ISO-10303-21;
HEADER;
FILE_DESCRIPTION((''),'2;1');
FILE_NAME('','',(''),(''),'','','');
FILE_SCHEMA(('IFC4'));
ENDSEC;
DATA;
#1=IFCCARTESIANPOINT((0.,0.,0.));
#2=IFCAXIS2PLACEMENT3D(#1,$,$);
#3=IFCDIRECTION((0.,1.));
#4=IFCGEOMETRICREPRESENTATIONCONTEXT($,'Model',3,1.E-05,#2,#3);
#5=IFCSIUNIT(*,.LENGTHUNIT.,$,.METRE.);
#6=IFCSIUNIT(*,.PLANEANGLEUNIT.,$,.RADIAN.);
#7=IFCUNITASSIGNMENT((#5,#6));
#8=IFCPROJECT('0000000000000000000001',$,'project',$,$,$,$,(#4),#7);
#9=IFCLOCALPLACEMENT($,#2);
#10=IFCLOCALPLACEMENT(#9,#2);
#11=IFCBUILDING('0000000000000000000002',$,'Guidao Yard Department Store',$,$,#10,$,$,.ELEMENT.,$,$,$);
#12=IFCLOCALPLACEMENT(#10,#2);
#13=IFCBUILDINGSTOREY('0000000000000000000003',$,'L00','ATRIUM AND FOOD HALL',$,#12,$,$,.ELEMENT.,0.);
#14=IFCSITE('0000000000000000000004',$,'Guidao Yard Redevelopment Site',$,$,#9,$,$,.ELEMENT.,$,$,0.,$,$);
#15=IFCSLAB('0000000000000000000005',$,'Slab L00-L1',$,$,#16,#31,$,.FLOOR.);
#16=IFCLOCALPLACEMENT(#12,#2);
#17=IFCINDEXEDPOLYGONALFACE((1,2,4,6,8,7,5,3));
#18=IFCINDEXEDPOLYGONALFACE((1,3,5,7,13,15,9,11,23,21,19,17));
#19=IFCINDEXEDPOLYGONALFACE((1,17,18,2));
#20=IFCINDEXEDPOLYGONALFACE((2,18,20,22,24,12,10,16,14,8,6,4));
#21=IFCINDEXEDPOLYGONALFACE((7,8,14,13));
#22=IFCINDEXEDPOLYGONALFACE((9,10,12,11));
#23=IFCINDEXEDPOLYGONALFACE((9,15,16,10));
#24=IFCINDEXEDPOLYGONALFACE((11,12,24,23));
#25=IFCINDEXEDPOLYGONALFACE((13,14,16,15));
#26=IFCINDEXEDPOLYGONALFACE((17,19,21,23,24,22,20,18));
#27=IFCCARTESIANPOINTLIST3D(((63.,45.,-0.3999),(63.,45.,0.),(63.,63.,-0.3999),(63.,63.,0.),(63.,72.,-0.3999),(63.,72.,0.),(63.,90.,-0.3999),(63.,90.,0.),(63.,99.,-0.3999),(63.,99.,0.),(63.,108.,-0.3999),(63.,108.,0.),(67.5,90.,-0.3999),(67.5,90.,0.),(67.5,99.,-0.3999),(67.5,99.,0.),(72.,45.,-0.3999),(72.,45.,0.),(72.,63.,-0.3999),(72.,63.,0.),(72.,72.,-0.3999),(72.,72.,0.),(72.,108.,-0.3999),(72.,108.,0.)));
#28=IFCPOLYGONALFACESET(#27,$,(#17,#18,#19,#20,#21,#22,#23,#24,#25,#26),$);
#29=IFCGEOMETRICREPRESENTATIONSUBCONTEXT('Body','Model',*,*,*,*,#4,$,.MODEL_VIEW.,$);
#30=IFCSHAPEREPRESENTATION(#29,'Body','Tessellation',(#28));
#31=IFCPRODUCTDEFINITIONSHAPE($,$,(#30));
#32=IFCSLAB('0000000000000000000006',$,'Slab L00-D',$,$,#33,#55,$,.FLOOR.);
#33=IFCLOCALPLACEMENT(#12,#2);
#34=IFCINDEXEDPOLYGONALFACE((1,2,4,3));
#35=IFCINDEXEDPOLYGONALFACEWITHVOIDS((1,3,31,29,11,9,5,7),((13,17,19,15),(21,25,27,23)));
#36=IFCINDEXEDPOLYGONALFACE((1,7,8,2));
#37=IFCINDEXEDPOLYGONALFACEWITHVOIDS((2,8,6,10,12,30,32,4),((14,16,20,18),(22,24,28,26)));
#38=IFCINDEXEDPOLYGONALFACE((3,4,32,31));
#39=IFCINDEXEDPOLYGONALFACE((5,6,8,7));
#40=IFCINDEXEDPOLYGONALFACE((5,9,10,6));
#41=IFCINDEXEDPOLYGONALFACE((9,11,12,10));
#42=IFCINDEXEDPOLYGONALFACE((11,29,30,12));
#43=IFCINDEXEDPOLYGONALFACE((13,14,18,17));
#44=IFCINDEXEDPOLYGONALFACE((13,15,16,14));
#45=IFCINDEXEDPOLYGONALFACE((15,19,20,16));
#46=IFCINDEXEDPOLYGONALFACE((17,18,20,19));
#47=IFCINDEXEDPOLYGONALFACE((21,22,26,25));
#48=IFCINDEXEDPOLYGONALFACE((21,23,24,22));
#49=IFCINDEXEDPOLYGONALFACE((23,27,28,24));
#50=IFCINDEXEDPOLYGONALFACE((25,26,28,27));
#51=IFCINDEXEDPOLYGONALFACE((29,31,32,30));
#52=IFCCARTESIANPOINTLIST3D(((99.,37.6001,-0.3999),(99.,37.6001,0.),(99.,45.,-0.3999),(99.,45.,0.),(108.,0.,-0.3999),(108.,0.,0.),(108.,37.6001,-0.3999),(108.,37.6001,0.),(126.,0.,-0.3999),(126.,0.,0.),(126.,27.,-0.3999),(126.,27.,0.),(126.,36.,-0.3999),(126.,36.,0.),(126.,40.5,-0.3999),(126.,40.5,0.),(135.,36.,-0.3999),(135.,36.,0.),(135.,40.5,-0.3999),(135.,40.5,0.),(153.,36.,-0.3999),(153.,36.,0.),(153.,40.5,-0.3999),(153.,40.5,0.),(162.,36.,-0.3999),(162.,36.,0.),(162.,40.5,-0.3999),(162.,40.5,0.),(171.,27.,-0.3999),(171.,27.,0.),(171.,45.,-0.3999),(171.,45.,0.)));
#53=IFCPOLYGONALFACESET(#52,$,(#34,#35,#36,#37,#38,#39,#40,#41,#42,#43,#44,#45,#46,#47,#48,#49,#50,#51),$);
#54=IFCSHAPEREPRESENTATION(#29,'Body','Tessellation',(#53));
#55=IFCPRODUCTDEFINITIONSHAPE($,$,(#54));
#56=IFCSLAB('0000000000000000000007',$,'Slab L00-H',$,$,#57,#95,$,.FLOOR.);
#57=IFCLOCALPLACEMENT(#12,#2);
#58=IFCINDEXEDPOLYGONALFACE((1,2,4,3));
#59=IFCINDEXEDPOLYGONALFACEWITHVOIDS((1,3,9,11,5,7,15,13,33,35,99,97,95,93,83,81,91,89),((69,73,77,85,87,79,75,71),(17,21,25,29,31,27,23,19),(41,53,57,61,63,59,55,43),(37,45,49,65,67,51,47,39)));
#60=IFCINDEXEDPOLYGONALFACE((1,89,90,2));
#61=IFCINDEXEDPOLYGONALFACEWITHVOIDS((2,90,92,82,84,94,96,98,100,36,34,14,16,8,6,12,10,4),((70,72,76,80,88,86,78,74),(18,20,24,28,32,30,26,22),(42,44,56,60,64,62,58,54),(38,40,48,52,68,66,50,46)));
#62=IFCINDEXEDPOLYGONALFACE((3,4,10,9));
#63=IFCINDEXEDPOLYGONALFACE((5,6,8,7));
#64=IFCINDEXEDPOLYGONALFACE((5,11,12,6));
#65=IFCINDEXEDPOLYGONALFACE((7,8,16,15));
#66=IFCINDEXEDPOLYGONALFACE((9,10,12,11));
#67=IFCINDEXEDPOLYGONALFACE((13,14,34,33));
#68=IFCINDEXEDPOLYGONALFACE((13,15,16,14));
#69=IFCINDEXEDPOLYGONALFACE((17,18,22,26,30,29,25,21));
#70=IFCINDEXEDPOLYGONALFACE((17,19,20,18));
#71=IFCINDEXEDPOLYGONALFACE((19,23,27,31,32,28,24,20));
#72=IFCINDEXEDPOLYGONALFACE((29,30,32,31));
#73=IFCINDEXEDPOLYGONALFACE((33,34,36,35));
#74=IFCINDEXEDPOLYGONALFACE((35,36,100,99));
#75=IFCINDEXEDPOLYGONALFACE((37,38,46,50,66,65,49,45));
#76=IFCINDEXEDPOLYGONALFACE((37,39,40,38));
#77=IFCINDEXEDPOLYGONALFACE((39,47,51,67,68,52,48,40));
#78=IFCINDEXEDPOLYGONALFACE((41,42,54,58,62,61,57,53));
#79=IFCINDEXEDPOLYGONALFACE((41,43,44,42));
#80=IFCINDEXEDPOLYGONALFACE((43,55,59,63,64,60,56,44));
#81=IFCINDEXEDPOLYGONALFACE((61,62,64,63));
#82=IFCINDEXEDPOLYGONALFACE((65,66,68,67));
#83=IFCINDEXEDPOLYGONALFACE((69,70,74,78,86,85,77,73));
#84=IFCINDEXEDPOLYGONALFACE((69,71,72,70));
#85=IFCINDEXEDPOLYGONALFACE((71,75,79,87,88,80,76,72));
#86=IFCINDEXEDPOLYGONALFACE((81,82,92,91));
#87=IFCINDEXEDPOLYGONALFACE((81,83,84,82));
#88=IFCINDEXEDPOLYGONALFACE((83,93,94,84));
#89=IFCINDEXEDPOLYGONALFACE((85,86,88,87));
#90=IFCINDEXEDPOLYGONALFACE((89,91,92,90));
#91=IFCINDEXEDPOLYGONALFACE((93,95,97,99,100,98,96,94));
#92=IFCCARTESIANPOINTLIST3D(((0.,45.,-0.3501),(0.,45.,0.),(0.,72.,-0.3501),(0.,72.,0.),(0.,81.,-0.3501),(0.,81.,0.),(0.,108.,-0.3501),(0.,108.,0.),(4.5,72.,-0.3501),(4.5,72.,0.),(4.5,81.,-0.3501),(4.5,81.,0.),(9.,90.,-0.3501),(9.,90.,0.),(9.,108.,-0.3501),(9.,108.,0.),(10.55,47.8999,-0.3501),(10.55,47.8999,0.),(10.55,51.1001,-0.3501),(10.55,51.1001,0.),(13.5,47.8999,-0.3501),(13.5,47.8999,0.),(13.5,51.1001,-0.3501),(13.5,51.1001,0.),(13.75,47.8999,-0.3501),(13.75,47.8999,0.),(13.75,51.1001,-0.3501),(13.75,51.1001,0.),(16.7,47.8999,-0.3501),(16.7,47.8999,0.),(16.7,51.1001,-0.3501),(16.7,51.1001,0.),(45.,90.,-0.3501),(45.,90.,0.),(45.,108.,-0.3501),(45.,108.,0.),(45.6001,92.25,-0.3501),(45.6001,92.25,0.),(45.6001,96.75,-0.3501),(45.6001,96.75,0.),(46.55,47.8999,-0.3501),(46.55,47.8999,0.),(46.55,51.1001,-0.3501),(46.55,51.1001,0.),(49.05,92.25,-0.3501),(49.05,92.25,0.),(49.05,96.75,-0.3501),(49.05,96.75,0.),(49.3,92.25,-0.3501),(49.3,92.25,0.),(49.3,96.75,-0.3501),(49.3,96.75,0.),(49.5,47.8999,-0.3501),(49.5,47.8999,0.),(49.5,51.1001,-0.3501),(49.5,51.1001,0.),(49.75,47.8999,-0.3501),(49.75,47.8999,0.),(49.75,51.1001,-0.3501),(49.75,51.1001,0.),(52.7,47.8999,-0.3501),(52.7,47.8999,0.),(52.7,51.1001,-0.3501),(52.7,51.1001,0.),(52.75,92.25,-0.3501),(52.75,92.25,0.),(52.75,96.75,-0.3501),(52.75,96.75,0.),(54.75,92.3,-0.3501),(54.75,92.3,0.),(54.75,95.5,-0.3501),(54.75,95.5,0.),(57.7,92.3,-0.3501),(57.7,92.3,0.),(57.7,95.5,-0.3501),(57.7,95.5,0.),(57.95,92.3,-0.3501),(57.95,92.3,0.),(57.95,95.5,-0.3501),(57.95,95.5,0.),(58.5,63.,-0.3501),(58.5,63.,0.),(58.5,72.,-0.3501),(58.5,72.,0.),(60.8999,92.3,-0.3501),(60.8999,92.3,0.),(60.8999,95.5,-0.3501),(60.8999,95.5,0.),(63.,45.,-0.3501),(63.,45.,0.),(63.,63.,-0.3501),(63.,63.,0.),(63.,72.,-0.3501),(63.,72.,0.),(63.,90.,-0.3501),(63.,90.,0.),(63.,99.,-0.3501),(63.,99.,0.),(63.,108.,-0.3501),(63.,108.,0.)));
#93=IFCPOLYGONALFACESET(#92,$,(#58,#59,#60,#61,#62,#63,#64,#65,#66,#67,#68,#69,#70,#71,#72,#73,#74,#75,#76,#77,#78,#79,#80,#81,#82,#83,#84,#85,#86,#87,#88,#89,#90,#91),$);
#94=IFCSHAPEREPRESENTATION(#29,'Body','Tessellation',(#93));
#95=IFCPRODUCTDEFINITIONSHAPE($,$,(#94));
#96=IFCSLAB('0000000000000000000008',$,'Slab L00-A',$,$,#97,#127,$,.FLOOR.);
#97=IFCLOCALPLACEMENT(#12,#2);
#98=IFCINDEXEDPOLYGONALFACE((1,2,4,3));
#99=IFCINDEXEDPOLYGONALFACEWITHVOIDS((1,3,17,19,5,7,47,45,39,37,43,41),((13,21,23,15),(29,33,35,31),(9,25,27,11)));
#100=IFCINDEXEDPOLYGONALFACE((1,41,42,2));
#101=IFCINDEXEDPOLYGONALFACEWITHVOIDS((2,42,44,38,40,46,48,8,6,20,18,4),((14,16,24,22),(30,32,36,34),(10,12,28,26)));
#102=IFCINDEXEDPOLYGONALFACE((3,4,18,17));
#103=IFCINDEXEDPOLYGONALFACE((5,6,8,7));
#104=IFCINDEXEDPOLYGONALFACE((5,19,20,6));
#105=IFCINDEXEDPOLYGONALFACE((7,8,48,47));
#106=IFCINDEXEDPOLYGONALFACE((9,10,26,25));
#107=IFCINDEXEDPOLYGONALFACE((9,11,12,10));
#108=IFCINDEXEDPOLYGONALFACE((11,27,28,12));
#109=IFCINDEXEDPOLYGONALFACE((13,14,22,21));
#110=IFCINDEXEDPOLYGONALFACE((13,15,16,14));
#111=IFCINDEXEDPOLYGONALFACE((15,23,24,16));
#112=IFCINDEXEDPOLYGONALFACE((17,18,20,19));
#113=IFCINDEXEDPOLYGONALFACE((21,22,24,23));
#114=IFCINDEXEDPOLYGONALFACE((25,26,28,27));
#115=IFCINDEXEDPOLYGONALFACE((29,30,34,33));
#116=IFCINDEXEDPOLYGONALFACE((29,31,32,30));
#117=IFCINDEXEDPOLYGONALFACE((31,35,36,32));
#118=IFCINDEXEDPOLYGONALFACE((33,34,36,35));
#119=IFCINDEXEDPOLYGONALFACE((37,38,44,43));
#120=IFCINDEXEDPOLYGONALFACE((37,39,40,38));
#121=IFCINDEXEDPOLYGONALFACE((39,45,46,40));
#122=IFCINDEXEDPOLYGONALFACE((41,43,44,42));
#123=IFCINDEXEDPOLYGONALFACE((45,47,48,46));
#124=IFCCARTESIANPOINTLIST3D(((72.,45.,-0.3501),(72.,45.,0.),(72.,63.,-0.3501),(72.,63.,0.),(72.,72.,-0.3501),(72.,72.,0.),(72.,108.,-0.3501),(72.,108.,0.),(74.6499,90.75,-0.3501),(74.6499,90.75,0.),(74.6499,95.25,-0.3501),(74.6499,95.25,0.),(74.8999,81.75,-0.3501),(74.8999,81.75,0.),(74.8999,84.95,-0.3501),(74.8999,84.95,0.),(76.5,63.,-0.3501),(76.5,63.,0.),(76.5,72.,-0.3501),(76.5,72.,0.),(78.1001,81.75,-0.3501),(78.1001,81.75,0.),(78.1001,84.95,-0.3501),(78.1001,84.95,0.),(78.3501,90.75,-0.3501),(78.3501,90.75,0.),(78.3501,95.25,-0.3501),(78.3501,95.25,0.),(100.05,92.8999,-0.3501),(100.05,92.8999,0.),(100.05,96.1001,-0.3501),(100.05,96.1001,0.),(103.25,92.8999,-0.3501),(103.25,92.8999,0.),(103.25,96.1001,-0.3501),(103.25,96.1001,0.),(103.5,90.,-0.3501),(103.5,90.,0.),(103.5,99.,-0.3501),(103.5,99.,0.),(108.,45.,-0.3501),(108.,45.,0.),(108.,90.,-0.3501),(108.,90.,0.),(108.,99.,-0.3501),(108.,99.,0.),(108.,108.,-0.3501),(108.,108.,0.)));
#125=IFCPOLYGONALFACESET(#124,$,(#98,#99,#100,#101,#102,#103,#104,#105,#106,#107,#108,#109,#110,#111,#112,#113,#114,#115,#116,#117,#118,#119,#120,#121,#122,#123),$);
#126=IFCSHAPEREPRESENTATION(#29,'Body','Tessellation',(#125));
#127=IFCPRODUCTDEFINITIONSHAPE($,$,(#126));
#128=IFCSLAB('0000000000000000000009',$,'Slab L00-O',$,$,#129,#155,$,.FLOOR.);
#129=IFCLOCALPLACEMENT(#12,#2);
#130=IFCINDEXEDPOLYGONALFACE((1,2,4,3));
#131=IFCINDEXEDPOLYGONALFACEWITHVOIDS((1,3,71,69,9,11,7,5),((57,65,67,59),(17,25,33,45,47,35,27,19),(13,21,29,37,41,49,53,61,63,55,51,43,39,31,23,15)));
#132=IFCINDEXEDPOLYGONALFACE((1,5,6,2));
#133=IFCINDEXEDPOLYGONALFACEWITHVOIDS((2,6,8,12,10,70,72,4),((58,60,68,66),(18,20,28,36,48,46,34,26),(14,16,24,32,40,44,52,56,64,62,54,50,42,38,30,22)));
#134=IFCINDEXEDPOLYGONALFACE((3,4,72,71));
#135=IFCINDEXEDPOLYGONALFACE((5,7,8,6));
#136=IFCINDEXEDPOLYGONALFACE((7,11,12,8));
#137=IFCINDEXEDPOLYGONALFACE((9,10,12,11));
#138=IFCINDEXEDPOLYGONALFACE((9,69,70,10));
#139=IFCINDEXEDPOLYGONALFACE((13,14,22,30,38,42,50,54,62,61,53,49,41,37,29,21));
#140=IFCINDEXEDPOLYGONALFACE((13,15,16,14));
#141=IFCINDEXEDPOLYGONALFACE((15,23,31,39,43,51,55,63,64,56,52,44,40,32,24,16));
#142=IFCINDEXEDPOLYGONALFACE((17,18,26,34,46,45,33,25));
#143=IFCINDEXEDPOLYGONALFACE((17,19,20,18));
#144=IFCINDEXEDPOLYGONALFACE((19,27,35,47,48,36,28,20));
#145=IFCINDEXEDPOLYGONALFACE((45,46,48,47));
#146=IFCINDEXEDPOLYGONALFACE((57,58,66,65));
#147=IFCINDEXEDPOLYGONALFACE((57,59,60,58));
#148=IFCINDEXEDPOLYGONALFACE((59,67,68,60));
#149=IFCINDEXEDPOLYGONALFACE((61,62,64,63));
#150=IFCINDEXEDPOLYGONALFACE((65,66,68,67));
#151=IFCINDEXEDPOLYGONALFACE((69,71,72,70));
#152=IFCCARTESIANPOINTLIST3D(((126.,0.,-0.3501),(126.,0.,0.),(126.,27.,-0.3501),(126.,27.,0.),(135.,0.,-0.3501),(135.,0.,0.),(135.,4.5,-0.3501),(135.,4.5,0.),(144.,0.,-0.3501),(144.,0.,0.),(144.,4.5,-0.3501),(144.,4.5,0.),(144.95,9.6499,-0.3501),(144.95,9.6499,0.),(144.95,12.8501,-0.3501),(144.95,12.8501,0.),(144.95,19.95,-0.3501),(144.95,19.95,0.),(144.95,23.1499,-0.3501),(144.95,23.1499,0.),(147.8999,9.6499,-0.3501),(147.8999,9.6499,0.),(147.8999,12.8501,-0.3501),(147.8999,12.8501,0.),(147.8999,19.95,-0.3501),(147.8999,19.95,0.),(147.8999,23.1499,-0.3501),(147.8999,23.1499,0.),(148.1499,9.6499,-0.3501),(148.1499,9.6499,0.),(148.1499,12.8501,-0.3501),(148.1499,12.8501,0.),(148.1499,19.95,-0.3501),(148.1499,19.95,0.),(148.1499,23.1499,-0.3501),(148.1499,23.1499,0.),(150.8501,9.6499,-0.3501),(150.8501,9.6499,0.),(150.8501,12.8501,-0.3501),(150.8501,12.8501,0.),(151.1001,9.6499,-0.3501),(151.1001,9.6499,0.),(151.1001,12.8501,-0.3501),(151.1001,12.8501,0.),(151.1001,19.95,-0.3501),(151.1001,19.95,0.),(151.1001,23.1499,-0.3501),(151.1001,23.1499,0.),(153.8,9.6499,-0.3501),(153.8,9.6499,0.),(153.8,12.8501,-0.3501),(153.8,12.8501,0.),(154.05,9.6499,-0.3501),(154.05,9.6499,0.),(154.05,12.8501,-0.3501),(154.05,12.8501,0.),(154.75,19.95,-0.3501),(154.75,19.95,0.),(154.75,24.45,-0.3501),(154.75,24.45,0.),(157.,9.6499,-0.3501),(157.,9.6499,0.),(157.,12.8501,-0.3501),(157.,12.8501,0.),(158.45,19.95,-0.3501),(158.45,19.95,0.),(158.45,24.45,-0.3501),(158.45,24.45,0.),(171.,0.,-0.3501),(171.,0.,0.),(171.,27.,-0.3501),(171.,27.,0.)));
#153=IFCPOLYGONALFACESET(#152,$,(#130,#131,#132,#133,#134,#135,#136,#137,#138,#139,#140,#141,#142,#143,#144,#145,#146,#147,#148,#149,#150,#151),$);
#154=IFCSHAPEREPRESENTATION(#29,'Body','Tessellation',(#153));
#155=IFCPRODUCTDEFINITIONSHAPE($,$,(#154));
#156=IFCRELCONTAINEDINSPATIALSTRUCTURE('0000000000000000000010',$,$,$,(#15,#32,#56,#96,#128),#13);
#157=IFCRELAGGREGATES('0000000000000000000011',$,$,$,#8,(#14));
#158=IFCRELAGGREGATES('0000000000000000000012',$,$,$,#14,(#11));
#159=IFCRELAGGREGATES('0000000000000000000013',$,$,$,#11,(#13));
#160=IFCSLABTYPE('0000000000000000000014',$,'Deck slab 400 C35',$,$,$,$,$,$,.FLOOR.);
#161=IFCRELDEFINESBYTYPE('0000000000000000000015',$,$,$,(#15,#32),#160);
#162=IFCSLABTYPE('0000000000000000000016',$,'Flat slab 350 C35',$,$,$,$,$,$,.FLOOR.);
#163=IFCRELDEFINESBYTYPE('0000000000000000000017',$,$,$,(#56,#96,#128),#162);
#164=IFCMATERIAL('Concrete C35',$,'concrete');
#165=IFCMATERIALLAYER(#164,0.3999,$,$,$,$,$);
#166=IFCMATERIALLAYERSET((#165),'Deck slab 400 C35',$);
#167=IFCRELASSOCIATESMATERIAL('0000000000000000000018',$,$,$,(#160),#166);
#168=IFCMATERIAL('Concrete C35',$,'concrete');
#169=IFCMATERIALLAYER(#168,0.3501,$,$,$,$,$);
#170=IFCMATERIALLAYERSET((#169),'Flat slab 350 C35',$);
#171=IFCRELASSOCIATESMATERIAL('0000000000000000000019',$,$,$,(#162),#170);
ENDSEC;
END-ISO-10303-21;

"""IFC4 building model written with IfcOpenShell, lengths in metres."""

from ifc_helpers import new_model, si_unit, direction, frame, origin, place, context, subcontext, project, spatial, polyline, outline, extrude, material, layer, layer_set, type_object, element, save


model = new_model("IFC4")

# Units and contexts
model_context = context("Model", 3, precision=1e-05, world=origin(), true_north=direction((0.0, 1.0)))
body_context = subcontext(model_context, "Body", "Model", "MODEL_VIEW")
ifc_project = project(units=[si_unit("LENGTHUNIT", "METRE"), si_unit("PLANEANGLEUNIT", "RADIAN")], contexts=[model_context])

# Site, building, storey
site_placement = place(None, origin())
site = spatial("IfcSite", under=ifc_project, at=site_placement, Name="Guidao Yard Redevelopment Site", CompositionType="ELEMENT", RefElevation=0.0)
building_placement = place(site_placement, origin())
building = spatial("IfcBuilding", under=site, at=building_placement, Name="Guidao Yard Department Store", CompositionType="ELEMENT")
storey_placement = place(building_placement, origin())
storey = spatial("IfcBuildingStorey", under=building, at=storey_placement, Name="L00", Description="ATRIUM AND FOOD HALL", CompositionType="ELEMENT", Elevation=0.0)

# Slabs
ifc_material_1 = material(Name="Concrete C35", Category="concrete")
ifc_layer_1 = layer(ifc_material_1, 0.3999)
ifc_layer_set_1 = layer_set([ifc_layer_1], Name="Deck slab 400 C35")
slab_type_1 = type_object("IfcSlabType", Name="Deck slab 400 C35", PredefinedType="FLOOR", material=ifc_layer_set_1)
slab_1_placement = place(storey_placement, frame((0.0, 0.0, -0.3999)))
element("IfcSlab", 1, at=slab_1_placement, inside=storey, type_object=slab_type_1, Name="Slab L00-L1", PredefinedType="FLOOR", context=body_context, shape_type="SweptSolid", body=[
    extrude(outline(polyline([(72.0, 45.0), (63.0, 45.0), (63.0, 63.0), (63.0, 72.0), (63.0, 90.0), (67.5, 90.0), (67.5, 99.0), (63.0, 99.0), (63.0, 108.0), (72.0, 108.0), (72.0, 72.0), (72.0, 63.0), (72.0, 45.0)])), origin(), (0.0, 0.0, 1.0), 0.3999),
])
slab_2_placement = place(storey_placement, frame((0.0, 0.0, -0.3999)))
element("IfcSlab", 2, at=slab_2_placement, inside=storey, type_object=slab_type_1, Name="Slab L00-D", PredefinedType="FLOOR", context=body_context, shape_type="SweptSolid", body=[
    extrude(outline(polyline([(171.0, 45.0), (171.0, 27.0), (126.0, 27.0), (126.0, 0.0), (108.0, 0.0), (108.0, 37.6001), (99.0, 37.6001), (99.0, 45.0), (171.0, 45.0)]), holes=[polyline([(135.0, 36.0), (135.0, 40.5), (126.0, 40.5), (126.0, 36.0), (135.0, 36.0)]), polyline([(162.0, 36.0), (162.0, 40.5), (153.0, 40.5), (153.0, 36.0), (162.0, 36.0)])]), origin(), (0.0, 0.0, 1.0), 0.3999),
])
ifc_material_2 = material(Name="Concrete C35", Category="concrete")
ifc_layer_2 = layer(ifc_material_2, 0.3501)
ifc_layer_set_2 = layer_set([ifc_layer_2], Name="Flat slab 350 C35")
slab_type_2 = type_object("IfcSlabType", Name="Flat slab 350 C35", PredefinedType="FLOOR", material=ifc_layer_set_2)
slab_3_placement = place(storey_placement, frame((0.0, 0.0, -0.3501)))
element("IfcSlab", 3, at=slab_3_placement, inside=storey, type_object=slab_type_2, Name="Slab L00-H", PredefinedType="FLOOR", context=body_context, shape_type="SweptSolid", body=[
    extrude(outline(polyline([(0.0, 72.0), (4.5, 72.0), (4.5, 81.0), (0.0, 81.0), (0.0, 108.0), (9.0, 108.0), (9.0, 90.0), (45.0, 90.0), (45.0, 108.0), (63.0, 108.0), (63.0, 99.0), (63.0, 90.0), (63.0, 72.0), (58.5, 72.0), (58.5, 63.0), (63.0, 63.0), (63.0, 45.0), (0.0, 45.0), (0.0, 72.0)]), holes=[polyline([(16.7, 47.8999), (16.7, 51.1001), (13.75, 51.1001), (13.5, 51.1001), (10.55, 51.1001), (10.55, 47.8999), (13.5, 47.8999), (13.75, 47.8999), (16.7, 47.8999)]), polyline([(49.75, 51.1001), (49.5, 51.1001), (46.55, 51.1001), (46.55, 47.8999), (49.5, 47.8999), (49.75, 47.8999), (52.7, 47.8999), (52.7, 51.1001), (49.75, 51.1001)]), polyline([(57.95, 95.5), (57.7, 95.5), (54.75, 95.5), (54.75, 92.3), (57.7, 92.3), (57.95, 92.3), (60.8999, 92.3), (60.8999, 95.5), (57.95, 95.5)]), polyline([(49.3, 96.75), (49.05, 96.75), (45.6001, 96.75), (45.6001, 92.25), (49.05, 92.25), (49.3, 92.25), (52.75, 92.25), (52.75, 96.75), (49.3, 96.75)])]), origin(), (0.0, 0.0, 1.0), 0.3501),
])
slab_4_placement = place(storey_placement, frame((0.0, 0.0, -0.3501)))
element("IfcSlab", 4, at=slab_4_placement, inside=storey, type_object=slab_type_2, Name="Slab L00-A", PredefinedType="FLOOR", context=body_context, shape_type="SweptSolid", body=[
    extrude(outline(polyline([(72.0, 45.0), (72.0, 63.0), (76.5, 63.0), (76.5, 72.0), (72.0, 72.0), (72.0, 108.0), (108.0, 108.0), (108.0, 99.0), (103.5, 99.0), (103.5, 90.0), (108.0, 90.0), (108.0, 45.0), (72.0, 45.0)]), holes=[polyline([(78.1001, 84.95), (74.8999, 84.95), (74.8999, 81.75), (78.1001, 81.75), (78.1001, 84.95)]), polyline([(74.6499, 90.75), (78.3501, 90.75), (78.3501, 95.25), (74.6499, 95.25), (74.6499, 90.75)]), polyline([(103.25, 92.8999), (103.25, 96.1001), (100.05, 96.1001), (100.05, 92.8999), (103.25, 92.8999)])]), origin(), (0.0, 0.0, 1.0), 0.3501),
])
slab_5_placement = place(storey_placement, frame((0.0, 0.0, -0.3501)))
element("IfcSlab", 5, at=slab_5_placement, inside=storey, type_object=slab_type_2, Name="Slab L00-O", PredefinedType="FLOOR", context=body_context, shape_type="SweptSolid", body=[
    extrude(outline(polyline([(126.0, 27.0), (171.0, 27.0), (171.0, 0.0), (144.0, 0.0), (144.0, 4.5), (135.0, 4.5), (135.0, 0.0), (126.0, 0.0), (126.0, 27.0)]), holes=[polyline([(148.1499, 12.8501), (147.8999, 12.8501), (144.95, 12.8501), (144.95, 9.6499), (147.8999, 9.6499), (148.1499, 9.6499), (150.8501, 9.6499), (151.1001, 9.6499), (153.8, 9.6499), (154.05, 9.6499), (157.0, 9.6499), (157.0, 12.8501), (154.05, 12.8501), (153.8, 12.8501), (151.1001, 12.8501), (150.8501, 12.8501), (148.1499, 12.8501)]), polyline([(147.8999, 19.95), (148.1499, 19.95), (151.1001, 19.95), (151.1001, 23.1499), (148.1499, 23.1499), (147.8999, 23.1499), (144.95, 23.1499), (144.95, 19.95), (147.8999, 19.95)]), polyline([(154.75, 19.95), (158.45, 19.95), (158.45, 24.45), (154.75, 24.45), (154.75, 19.95)])]), origin(), (0.0, 0.0, 1.0), 0.3501),
])

save(model, "model.ifc")
